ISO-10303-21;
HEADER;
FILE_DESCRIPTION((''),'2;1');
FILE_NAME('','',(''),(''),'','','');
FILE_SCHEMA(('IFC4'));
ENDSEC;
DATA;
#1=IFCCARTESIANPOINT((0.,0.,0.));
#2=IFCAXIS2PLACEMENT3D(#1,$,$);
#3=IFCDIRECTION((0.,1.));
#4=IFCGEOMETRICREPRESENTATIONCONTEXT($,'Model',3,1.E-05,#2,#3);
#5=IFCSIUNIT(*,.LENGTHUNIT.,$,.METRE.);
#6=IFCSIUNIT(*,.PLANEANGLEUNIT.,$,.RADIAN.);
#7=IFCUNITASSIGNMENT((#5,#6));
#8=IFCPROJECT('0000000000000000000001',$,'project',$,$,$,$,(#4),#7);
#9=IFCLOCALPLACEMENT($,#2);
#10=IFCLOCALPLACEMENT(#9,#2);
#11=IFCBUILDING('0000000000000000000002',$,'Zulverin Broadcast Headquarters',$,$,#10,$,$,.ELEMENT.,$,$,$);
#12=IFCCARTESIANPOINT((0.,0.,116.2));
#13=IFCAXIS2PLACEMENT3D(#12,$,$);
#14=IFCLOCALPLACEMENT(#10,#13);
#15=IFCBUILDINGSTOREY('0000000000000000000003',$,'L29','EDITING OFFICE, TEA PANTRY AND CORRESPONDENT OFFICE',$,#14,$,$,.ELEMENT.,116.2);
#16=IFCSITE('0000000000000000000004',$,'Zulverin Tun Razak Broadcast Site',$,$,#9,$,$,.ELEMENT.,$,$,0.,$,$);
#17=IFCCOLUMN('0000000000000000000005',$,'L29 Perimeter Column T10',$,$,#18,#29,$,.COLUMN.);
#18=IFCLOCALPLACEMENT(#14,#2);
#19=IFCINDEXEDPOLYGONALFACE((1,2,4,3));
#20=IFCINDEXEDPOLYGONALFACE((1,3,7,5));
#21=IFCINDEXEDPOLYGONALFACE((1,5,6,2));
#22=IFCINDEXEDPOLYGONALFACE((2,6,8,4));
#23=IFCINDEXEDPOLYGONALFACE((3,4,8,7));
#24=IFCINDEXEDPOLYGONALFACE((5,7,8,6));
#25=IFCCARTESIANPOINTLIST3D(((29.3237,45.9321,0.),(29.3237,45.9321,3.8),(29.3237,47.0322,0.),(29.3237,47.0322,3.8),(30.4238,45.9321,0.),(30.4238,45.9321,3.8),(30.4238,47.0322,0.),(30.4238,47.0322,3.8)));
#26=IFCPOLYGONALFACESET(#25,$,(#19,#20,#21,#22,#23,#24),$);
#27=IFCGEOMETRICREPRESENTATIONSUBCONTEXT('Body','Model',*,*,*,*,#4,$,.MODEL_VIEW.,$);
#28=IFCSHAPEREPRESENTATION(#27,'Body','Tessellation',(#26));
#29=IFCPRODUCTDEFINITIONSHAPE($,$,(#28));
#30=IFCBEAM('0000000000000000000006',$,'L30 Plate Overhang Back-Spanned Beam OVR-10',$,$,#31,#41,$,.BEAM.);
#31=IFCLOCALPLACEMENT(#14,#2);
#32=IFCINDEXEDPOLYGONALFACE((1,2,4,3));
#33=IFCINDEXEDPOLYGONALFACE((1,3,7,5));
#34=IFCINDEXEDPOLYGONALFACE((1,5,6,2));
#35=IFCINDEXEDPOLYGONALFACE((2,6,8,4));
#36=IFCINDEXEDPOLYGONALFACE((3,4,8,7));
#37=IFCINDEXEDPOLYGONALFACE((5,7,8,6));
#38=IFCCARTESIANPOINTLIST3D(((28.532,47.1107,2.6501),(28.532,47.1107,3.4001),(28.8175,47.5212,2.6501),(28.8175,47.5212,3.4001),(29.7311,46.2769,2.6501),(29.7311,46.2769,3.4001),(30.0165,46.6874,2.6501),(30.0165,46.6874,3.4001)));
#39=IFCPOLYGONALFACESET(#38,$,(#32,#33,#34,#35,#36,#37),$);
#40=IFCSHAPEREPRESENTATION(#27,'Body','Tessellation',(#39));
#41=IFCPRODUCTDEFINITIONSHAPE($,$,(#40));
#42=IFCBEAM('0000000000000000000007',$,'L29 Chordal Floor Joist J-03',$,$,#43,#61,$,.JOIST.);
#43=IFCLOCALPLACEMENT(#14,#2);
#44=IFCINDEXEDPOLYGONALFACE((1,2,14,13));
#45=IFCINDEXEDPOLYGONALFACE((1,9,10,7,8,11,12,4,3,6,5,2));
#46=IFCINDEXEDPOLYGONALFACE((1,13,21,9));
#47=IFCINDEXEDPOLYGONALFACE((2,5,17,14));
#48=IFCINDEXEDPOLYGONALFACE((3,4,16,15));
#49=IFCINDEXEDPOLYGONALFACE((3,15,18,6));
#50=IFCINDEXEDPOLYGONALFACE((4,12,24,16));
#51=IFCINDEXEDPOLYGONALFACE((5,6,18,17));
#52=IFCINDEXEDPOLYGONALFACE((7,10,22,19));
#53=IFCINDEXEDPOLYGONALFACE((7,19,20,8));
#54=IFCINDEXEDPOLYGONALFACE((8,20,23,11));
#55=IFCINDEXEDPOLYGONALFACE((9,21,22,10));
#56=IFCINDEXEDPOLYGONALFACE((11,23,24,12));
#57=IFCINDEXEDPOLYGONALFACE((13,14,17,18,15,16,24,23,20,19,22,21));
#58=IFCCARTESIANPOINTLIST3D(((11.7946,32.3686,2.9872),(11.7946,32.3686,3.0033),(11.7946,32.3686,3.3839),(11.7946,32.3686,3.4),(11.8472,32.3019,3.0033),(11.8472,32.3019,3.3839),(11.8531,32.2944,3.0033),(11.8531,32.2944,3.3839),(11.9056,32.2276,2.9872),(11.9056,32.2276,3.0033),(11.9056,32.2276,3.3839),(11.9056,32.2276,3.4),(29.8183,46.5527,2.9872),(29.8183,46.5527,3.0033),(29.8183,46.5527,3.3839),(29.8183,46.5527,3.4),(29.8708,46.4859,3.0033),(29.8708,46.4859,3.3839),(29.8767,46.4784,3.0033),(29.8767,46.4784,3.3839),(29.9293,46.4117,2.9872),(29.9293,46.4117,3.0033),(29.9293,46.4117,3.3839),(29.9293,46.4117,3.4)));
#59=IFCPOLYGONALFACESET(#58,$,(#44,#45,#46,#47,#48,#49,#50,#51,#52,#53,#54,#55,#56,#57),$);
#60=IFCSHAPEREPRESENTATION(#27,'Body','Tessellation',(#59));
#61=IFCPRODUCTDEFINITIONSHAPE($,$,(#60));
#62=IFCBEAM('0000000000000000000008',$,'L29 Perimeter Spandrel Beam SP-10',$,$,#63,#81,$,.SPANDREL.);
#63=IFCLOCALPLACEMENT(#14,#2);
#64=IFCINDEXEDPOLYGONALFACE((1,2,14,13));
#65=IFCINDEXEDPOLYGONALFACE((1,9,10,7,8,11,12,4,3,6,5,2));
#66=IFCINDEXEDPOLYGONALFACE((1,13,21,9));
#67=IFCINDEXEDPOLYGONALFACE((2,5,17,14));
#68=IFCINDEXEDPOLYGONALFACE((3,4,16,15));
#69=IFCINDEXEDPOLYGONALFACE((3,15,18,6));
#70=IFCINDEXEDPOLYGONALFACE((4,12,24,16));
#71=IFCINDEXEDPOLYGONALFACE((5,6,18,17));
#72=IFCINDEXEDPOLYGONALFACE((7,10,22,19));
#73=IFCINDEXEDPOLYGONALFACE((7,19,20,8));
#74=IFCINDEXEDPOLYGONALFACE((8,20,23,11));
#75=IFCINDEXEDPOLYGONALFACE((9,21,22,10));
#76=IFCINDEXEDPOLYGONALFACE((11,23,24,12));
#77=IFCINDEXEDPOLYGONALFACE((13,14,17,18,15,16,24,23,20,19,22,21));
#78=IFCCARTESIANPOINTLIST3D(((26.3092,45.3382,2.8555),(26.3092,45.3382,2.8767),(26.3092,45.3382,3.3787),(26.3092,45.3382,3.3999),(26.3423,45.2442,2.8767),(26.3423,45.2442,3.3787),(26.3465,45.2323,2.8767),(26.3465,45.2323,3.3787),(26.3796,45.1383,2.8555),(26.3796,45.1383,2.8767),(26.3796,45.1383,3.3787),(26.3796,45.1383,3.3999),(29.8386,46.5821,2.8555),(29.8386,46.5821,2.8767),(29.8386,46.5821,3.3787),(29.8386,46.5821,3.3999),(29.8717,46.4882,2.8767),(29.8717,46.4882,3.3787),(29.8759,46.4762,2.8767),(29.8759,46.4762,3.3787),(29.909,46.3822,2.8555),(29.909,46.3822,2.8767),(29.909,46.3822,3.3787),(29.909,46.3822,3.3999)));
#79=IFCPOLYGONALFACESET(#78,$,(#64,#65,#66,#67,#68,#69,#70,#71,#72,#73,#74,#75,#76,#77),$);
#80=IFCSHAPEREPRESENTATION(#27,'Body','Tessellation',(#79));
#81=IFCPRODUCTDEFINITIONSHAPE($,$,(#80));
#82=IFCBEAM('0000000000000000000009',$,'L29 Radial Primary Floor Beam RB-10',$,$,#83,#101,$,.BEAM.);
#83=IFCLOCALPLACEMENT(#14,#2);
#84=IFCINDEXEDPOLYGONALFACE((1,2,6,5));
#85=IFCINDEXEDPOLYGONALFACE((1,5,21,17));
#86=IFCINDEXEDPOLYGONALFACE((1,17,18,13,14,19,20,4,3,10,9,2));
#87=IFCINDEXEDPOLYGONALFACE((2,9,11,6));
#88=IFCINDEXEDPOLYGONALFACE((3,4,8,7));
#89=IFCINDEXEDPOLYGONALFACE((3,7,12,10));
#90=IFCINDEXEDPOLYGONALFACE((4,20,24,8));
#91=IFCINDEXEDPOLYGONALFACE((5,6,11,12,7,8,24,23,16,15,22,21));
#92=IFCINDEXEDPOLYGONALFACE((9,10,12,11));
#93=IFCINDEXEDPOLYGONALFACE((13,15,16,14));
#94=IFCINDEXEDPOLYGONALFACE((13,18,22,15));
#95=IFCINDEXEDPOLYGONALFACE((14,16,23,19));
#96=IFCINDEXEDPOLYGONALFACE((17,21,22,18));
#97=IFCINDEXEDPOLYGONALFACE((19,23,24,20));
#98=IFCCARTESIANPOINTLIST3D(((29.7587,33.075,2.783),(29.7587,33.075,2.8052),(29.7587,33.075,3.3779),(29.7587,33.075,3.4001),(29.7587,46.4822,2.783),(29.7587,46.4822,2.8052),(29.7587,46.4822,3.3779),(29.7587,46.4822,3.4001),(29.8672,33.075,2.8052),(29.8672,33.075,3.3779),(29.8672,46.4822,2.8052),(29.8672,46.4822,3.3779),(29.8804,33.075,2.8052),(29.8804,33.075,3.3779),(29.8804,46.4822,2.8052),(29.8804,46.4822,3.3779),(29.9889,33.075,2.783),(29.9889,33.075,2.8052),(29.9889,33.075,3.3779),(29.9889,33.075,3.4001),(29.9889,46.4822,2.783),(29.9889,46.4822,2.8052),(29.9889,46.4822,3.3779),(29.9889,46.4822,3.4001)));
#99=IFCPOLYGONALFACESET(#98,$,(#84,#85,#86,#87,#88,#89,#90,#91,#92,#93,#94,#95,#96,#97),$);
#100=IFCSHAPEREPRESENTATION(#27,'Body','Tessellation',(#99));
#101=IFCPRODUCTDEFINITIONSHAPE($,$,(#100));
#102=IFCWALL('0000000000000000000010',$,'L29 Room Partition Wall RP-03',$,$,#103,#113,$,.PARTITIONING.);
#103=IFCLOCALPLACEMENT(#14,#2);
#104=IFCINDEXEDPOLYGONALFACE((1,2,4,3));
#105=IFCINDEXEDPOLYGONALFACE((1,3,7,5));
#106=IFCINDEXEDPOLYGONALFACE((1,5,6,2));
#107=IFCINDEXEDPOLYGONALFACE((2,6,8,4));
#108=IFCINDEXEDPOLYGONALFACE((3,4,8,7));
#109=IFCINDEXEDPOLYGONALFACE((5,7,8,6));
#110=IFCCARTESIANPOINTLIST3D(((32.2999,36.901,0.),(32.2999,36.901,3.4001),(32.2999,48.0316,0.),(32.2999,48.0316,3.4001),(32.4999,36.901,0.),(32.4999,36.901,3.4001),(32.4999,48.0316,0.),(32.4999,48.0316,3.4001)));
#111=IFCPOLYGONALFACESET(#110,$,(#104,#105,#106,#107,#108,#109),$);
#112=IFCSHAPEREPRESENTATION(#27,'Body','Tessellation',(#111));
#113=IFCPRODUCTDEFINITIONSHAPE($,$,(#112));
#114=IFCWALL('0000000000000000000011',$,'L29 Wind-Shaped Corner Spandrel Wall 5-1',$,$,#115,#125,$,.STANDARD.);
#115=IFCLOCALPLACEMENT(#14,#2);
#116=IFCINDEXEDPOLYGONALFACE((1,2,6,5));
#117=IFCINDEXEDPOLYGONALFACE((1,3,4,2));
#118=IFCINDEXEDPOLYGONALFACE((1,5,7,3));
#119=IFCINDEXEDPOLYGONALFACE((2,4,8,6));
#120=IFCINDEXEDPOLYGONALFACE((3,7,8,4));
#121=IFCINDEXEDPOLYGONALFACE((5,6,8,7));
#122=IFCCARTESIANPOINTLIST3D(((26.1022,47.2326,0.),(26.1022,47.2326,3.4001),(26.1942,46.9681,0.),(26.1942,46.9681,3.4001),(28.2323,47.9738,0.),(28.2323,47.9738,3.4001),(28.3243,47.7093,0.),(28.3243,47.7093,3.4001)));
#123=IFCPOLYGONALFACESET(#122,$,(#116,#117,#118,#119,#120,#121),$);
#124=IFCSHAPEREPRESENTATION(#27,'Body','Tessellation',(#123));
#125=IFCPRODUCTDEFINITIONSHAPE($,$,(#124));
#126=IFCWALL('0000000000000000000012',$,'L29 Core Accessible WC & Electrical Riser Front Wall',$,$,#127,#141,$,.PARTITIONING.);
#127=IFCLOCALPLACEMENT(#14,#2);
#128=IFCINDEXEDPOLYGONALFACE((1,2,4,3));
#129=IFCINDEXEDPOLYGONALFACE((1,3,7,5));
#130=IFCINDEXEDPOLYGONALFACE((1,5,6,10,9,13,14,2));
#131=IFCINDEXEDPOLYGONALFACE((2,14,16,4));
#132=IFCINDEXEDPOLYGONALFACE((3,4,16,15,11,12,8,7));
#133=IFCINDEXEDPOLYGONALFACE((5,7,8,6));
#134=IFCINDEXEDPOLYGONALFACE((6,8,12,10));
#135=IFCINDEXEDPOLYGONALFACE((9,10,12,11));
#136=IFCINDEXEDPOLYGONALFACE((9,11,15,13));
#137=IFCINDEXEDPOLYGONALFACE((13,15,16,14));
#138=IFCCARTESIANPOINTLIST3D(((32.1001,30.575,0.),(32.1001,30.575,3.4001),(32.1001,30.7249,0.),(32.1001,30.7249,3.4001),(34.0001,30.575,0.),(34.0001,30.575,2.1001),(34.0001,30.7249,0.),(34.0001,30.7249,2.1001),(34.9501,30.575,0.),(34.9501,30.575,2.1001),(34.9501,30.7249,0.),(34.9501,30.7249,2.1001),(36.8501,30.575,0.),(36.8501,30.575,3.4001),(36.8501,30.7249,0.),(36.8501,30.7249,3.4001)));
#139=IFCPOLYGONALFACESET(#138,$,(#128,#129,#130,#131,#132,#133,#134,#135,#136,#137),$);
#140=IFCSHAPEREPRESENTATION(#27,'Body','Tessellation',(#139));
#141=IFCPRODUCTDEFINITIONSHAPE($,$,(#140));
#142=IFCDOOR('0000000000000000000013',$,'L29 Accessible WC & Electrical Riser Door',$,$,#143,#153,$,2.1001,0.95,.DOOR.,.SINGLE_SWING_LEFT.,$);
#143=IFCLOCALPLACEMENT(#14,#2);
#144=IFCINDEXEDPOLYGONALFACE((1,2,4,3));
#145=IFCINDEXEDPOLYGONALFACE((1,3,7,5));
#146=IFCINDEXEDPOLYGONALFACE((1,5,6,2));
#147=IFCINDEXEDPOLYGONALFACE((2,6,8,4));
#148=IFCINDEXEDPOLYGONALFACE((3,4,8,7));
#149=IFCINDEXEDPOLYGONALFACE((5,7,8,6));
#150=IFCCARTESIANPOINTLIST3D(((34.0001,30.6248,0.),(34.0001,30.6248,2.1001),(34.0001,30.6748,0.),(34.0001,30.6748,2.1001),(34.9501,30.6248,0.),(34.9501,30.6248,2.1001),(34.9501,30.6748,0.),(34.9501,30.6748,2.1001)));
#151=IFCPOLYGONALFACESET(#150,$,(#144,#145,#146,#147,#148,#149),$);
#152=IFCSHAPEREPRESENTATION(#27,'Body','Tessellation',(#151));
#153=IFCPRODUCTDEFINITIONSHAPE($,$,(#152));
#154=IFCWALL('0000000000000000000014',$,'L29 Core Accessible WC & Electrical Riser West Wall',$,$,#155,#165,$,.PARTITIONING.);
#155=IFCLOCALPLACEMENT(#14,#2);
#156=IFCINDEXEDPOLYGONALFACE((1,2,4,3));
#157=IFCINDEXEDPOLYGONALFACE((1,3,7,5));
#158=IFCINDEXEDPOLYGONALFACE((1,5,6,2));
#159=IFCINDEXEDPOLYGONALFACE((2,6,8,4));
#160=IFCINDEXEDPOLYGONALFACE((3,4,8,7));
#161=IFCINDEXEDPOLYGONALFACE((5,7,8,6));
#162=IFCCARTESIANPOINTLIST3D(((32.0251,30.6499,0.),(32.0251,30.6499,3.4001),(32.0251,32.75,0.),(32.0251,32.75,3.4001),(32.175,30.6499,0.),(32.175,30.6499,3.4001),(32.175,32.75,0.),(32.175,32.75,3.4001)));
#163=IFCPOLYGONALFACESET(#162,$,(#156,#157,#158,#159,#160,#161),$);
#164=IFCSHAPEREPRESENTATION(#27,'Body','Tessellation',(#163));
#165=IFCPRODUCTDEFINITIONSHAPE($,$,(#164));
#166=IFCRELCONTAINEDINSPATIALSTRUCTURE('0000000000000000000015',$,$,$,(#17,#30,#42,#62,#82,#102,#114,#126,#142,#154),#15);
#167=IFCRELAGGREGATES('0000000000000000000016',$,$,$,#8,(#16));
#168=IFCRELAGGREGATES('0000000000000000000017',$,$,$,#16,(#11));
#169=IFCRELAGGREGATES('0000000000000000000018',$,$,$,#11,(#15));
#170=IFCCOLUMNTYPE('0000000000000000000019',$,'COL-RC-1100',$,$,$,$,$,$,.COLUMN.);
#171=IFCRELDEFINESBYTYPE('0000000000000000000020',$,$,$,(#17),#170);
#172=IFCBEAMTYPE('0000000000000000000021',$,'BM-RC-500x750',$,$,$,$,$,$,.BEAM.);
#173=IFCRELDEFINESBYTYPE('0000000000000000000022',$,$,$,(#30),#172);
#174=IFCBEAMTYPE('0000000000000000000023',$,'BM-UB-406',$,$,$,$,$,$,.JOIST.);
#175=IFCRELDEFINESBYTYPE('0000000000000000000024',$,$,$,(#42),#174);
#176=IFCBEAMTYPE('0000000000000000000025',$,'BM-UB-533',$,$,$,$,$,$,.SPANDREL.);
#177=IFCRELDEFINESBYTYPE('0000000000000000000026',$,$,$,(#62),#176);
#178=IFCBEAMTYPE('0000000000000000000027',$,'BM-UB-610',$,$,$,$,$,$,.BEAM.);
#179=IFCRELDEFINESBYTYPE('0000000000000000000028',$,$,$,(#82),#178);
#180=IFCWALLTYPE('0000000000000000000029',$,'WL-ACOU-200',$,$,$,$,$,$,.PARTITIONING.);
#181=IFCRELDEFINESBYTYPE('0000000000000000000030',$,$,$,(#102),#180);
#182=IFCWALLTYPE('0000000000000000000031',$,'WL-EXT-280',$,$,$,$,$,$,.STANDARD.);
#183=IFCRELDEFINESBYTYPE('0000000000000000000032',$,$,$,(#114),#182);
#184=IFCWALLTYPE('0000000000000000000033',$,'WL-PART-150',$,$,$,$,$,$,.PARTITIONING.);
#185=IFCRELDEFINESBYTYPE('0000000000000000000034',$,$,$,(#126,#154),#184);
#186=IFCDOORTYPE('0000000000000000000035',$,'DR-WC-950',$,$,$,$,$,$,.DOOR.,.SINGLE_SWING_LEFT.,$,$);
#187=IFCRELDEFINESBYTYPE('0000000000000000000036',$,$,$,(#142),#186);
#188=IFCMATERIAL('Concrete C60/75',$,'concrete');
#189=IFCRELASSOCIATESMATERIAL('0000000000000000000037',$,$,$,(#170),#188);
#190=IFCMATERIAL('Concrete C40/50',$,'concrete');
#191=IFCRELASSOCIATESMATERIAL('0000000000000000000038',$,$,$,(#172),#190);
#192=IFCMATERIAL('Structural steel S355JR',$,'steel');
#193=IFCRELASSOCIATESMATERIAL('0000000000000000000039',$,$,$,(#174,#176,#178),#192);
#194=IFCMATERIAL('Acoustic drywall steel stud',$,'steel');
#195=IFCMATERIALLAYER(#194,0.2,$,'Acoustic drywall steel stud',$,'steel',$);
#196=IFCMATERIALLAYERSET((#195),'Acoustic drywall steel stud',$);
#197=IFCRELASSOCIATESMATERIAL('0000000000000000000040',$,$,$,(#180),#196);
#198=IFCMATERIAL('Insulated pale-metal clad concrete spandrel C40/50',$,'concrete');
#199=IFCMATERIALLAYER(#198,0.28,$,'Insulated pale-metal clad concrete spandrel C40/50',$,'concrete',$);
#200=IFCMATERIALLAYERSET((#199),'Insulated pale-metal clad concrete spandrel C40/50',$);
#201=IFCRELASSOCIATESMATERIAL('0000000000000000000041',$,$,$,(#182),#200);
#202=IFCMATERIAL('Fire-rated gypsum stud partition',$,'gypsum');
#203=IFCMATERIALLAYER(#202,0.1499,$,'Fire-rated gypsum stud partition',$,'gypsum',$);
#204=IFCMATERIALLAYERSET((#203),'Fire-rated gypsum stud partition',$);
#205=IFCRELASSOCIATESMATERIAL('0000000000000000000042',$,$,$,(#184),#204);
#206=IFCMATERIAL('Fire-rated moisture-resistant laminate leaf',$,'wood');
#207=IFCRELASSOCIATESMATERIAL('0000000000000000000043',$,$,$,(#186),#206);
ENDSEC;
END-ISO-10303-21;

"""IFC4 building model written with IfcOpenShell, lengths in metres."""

from ifc_helpers import new_model, si_unit, direction, frame, frame_2d, origin, origin_2d, place, context, subcontext, project, spatial, rectangle, i_section, extrude, material, layer, layer_set, material_profile, profile_set, type_object, element, fill, save


model = new_model("IFC4")

# Units and contexts
model_context = context("Model", 3, precision=1e-05, world=origin(), true_north=direction((0.0, 1.0)))
body_context = subcontext(model_context, "Body", "Model", "MODEL_VIEW")
ifc_project = project(units=[si_unit("LENGTHUNIT", "METRE"), si_unit("PLANEANGLEUNIT", "RADIAN")], contexts=[model_context])

# Site, building, storey
site_placement = place(None, origin())
site = spatial("IfcSite", under=ifc_project, at=site_placement, Name="Zulverin Tun Razak Broadcast Site", CompositionType="ELEMENT", RefElevation=0.0)
building_placement = place(site_placement, origin())
building = spatial("IfcBuilding", under=site, at=building_placement, Name="Zulverin Broadcast Headquarters", CompositionType="ELEMENT")
storey_placement = place(building_placement, frame((0.0, 0.0, 116.2)))
storey = spatial("IfcBuildingStorey", under=building, at=storey_placement, Name="L29", Description="EDITING OFFICE, TEA PANTRY AND CORRESPONDENT OFFICE", CompositionType="ELEMENT", Elevation=116.2)

# Column
ifc_material_1 = material(Name="Concrete C60/75", Category="concrete")
ifc_material_profile_1 = material_profile(ifc_material_1, rectangle(XDim=1.1001, YDim=1.1001, at=origin_2d()), Name="Concrete C60/75", Category="concrete")
ifc_profile_set_1 = profile_set([ifc_material_profile_1], Name="Concrete C60/75")
column_type = type_object("IfcColumnType", Name="COL-RC-1100", PredefinedType="COLUMN", material=ifc_profile_set_1)
column_placement = place(storey_placement, frame((29.8738, 46.4822, 0.0), z_axis=(0.0, 0.0, 1.0), x_axis=(1.0, 0.0, 0.0)))
element("IfcColumn", 1, at=column_placement, inside=storey, type_object=column_type, Name="L29 Perimeter Column T10", PredefinedType="COLUMN", context=body_context, shape_type="SweptSolid", body=[
    extrude(rectangle(XDim=1.1001, YDim=1.1001, at=origin_2d()), origin(), (0.0, 0.0, 1.0), 3.8),
])

# Beams
ifc_material_2 = material(Name="Concrete C40/50", Category="concrete")
ifc_material_profile_2 = material_profile(ifc_material_2, rectangle(XDim=0.5, YDim=0.75, at=origin_2d()), Name="Concrete C40/50", Category="concrete")
ifc_profile_set_2 = profile_set([ifc_material_profile_2], Name="Concrete C40/50")
beam_type_1 = type_object("IfcBeamType", Name="BM-RC-500x750", PredefinedType="BEAM", material=ifc_profile_set_2)
beam_1_placement = place(storey_placement, frame((29.8738, 46.4822, 3.0251), z_axis=(-0.821011, 0.570913, 0.0), x_axis=(-0.570913, -0.821011, 0.0)))
element("IfcBeam", 2, at=beam_1_placement, inside=storey, type_object=beam_type_1, Name="L30 Plate Overhang Back-Spanned Beam OVR-10", PredefinedType="BEAM", context=body_context, shape_type="SweptSolid", body=[
    extrude(rectangle(XDim=0.5, YDim=0.75, at=origin_2d()), origin(), (0.0, 0.0, 1.0), 1.4604),
])
ifc_material_3 = material(Name="Structural steel S355JR", Category="steel")
ifc_material_profile_3 = material_profile(ifc_material_3, i_section(OverallWidth=0.1794, OverallDepth=0.4128, WebThickness=0.0095, FlangeThickness=0.0161, at=origin_2d()), Name="Structural steel S355JR", Category="steel")
ifc_profile_set_3 = profile_set([ifc_material_profile_3], Name="Structural steel S355JR")
beam_type_2 = type_object("IfcBeamType", Name="BM-UB-406", PredefinedType="JOIST", material=ifc_profile_set_3)
beam_2_placement = place(storey_placement, frame((29.8738, 46.4822, 3.1936), z_axis=(-0.785839, -0.618431, 0.0), x_axis=(0.618431, -0.785839, 0.0)))
element("IfcBeam", 3, at=beam_2_placement, inside=storey, type_object=beam_type_2, Name="L29 Chordal Floor Joist J-03", PredefinedType="JOIST", context=body_context, shape_type="SweptSolid", body=[
    extrude(i_section(OverallWidth=0.1794, OverallDepth=0.4128, WebThickness=0.0095, FlangeThickness=0.0161, at=origin_2d()), origin(), (0.0, 0.0, 1.0), 22.9355),
])
ifc_material_profile_4 = material_profile(ifc_material_3, i_section(OverallWidth=0.2119, OverallDepth=0.5444, WebThickness=0.0127, FlangeThickness=0.0212, at=origin_2d()), Name="Structural steel S355JR", Category="steel")
ifc_profile_set_4 = profile_set([ifc_material_profile_4], Name="Structural steel S355JR")
beam_type_3 = type_object("IfcBeamType", Name="BM-UB-533", PredefinedType="SPANDREL", material=ifc_profile_set_4)
beam_3_placement = place(storey_placement, frame((29.8738, 46.4822, 3.1277), z_axis=(-0.943136, -0.332407, 0.0), x_axis=(0.332407, -0.943136, 0.0)))
element("IfcBeam", 4, at=beam_3_placement, inside=storey, type_object=beam_type_3, Name="L29 Perimeter Spandrel Beam SP-10", PredefinedType="SPANDREL", context=body_context, shape_type="SweptSolid", body=[
    extrude(i_section(OverallWidth=0.2119, OverallDepth=0.5444, WebThickness=0.0127, FlangeThickness=0.0212, at=origin_2d()), origin(), (0.0, 0.0, 1.0), 3.7422),
])
ifc_material_profile_5 = material_profile(ifc_material_3, i_section(OverallWidth=0.2302, OverallDepth=0.6172, WebThickness=0.0132, FlangeThickness=0.0222, at=origin_2d()), Name="Structural steel S355JR", Category="steel")
ifc_profile_set_5 = profile_set([ifc_material_profile_5], Name="Structural steel S355JR")
beam_type_4 = type_object("IfcBeamType", Name="BM-UB-610", PredefinedType="BEAM", material=ifc_profile_set_5)
beam_4_placement = place(storey_placement, frame((29.8738, 33.075, 3.0916), z_axis=(0.0, 1.0, 0.0), x_axis=(-1.0, 0.0, 0.0)))
element("IfcBeam", 5, at=beam_4_placement, inside=storey, type_object=beam_type_4, Name="L29 Radial Primary Floor Beam RB-10", PredefinedType="BEAM", context=body_context, shape_type="SweptSolid", body=[
    extrude(i_section(OverallWidth=0.2302, OverallDepth=0.6172, WebThickness=0.0132, FlangeThickness=0.0222, at=origin_2d()), origin(), (0.0, 0.0, 1.0), 13.4072),
])

# Walls
ifc_material_4 = material(Name="Acoustic drywall steel stud", Category="steel")
ifc_layer_1 = layer(ifc_material_4, 0.2, Name="Acoustic drywall steel stud", Category="steel")
ifc_layer_set_1 = layer_set([ifc_layer_1], Name="Acoustic drywall steel stud")
wall_type_1 = type_object("IfcWallType", Name="WL-ACOU-200", PredefinedType="PARTITIONING", material=ifc_layer_set_1)
wall_1_placement = place(storey_placement, frame((32.3999, 36.9009, 0.0), z_axis=(0.0, 0.0, 1.0), x_axis=(0.0, 1.0, 0.0)))
element("IfcWall", 6, at=wall_1_placement, inside=storey, type_object=wall_type_1, Name="L29 Room Partition Wall RP-03", PredefinedType="PARTITIONING", context=body_context, shape_type="SweptSolid", body=[
    extrude(rectangle(XDim=11.1306, YDim=0.2, at=frame_2d((5.5654, 0.0))), origin(), (0.0, 0.0, 1.0), 3.4001),
])
ifc_material_5 = material(Name="Insulated pale-metal clad concrete spandrel C40/50", Category="concrete")
ifc_layer_2 = layer(ifc_material_5, 0.28, Name="Insulated pale-metal clad concrete spandrel C40/50", Category="concrete")
ifc_layer_set_2 = layer_set([ifc_layer_2], Name="Insulated pale-metal clad concrete spandrel C40/50")
wall_type_2 = type_object("IfcWallType", Name="WL-EXT-280", PredefinedType="STANDARD", material=ifc_layer_set_2)
wall_2_placement = place(storey_placement, frame((28.2783, 47.8416, 0.0), z_axis=(0.0, 0.0, 1.0), x_axis=(-0.944456, -0.328638, 0.0)))
element("IfcWall", 7, at=wall_2_placement, inside=storey, type_object=wall_type_2, Name="L29 Wind-Shaped Corner Spandrel Wall 5-1", PredefinedType="STANDARD", context=body_context, shape_type="SweptSolid", body=[
    extrude(rectangle(XDim=2.2554, YDim=0.28, at=frame_2d((1.1277, 0.0))), origin(), (0.0, 0.0, 1.0), 3.4001),
])

# Wall, opening, door
ifc_material_6 = material(Name="Fire-rated gypsum stud partition", Category="gypsum")
ifc_layer_3 = layer(ifc_material_6, 0.1499, Name="Fire-rated gypsum stud partition", Category="gypsum")
ifc_layer_set_3 = layer_set([ifc_layer_3], Name="Fire-rated gypsum stud partition")
wall_type_3 = type_object("IfcWallType", Name="WL-PART-150", PredefinedType="PARTITIONING", material=ifc_layer_set_3)
wall_3_placement = place(storey_placement, frame((32.1001, 30.6499, 0.0), z_axis=(0.0, 0.0, 1.0), x_axis=(1.0, 0.0, 0.0)))
wall_3 = element("IfcWall", 8, at=wall_3_placement, inside=storey, type_object=wall_type_3, Name="L29 Core Accessible WC & Electrical Riser Front Wall", PredefinedType="PARTITIONING", context=body_context, shape_type="SweptSolid", body=[
    extrude(rectangle(XDim=4.75, YDim=0.1499, at=frame_2d((2.375, 0.0))), origin(), (0.0, 0.0, 1.0), 3.4001),
])
opening_placement = place(wall_3_placement, frame((1.8999, 0.0, 0.0)))
opening = element("IfcOpeningElement", 9, at=opening_placement, cuts=wall_3, PredefinedType="OPENING", context=body_context, shape_type="SweptSolid", body=[
    extrude(rectangle(XDim=0.95, YDim=2.1001, at=frame_2d((0.4751, 1.05))), frame((0.0, 0.085, 0.0), z_axis=(0.0, -1.0, 0.0), x_axis=(1.0, 0.0, 0.0)), (0.0, 0.0, 1.0), 0.1699),
])
ifc_material_7 = material(Name="Fire-rated moisture-resistant laminate leaf", Category="wood")
door_type = type_object("IfcDoorType", Name="DR-WC-950", OperationType="SINGLE_SWING_LEFT", PredefinedType="DOOR", material=ifc_material_7)
door_placement = place(opening_placement, origin())
door = element("IfcDoor", 10, at=door_placement, inside=storey, type_object=door_type, Name="L29 Accessible WC & Electrical Riser Door", OperationType="SINGLE_SWING_LEFT", OverallHeight=2.1001, OverallWidth=0.95, PredefinedType="DOOR", context=body_context, shape_type="SweptSolid", body=[
    extrude(rectangle(XDim=0.95, YDim=2.1001, at=frame_2d((0.4751, 1.05))), frame((0.0, 0.0249, 0.0), z_axis=(0.0, -1.0, 0.0), x_axis=(1.0, 0.0, 0.0)), (0.0, 0.0, 1.0), 0.05),
])
fill(opening, door)

# Wall
wall_4_placement = place(storey_placement, frame((32.1001, 30.6499, 0.0), z_axis=(0.0, 0.0, 1.0), x_axis=(0.0, 1.0, 0.0)))
element("IfcWall", 11, at=wall_4_placement, inside=storey, type_object=wall_type_3, Name="L29 Core Accessible WC & Electrical Riser West Wall", PredefinedType="PARTITIONING", context=body_context, shape_type="SweptSolid", body=[
    extrude(rectangle(XDim=2.1001, YDim=0.1499, at=frame_2d((1.05, 0.0))), origin(), (0.0, 0.0, 1.0), 3.4001),
])

save(model, "model.ifc")
